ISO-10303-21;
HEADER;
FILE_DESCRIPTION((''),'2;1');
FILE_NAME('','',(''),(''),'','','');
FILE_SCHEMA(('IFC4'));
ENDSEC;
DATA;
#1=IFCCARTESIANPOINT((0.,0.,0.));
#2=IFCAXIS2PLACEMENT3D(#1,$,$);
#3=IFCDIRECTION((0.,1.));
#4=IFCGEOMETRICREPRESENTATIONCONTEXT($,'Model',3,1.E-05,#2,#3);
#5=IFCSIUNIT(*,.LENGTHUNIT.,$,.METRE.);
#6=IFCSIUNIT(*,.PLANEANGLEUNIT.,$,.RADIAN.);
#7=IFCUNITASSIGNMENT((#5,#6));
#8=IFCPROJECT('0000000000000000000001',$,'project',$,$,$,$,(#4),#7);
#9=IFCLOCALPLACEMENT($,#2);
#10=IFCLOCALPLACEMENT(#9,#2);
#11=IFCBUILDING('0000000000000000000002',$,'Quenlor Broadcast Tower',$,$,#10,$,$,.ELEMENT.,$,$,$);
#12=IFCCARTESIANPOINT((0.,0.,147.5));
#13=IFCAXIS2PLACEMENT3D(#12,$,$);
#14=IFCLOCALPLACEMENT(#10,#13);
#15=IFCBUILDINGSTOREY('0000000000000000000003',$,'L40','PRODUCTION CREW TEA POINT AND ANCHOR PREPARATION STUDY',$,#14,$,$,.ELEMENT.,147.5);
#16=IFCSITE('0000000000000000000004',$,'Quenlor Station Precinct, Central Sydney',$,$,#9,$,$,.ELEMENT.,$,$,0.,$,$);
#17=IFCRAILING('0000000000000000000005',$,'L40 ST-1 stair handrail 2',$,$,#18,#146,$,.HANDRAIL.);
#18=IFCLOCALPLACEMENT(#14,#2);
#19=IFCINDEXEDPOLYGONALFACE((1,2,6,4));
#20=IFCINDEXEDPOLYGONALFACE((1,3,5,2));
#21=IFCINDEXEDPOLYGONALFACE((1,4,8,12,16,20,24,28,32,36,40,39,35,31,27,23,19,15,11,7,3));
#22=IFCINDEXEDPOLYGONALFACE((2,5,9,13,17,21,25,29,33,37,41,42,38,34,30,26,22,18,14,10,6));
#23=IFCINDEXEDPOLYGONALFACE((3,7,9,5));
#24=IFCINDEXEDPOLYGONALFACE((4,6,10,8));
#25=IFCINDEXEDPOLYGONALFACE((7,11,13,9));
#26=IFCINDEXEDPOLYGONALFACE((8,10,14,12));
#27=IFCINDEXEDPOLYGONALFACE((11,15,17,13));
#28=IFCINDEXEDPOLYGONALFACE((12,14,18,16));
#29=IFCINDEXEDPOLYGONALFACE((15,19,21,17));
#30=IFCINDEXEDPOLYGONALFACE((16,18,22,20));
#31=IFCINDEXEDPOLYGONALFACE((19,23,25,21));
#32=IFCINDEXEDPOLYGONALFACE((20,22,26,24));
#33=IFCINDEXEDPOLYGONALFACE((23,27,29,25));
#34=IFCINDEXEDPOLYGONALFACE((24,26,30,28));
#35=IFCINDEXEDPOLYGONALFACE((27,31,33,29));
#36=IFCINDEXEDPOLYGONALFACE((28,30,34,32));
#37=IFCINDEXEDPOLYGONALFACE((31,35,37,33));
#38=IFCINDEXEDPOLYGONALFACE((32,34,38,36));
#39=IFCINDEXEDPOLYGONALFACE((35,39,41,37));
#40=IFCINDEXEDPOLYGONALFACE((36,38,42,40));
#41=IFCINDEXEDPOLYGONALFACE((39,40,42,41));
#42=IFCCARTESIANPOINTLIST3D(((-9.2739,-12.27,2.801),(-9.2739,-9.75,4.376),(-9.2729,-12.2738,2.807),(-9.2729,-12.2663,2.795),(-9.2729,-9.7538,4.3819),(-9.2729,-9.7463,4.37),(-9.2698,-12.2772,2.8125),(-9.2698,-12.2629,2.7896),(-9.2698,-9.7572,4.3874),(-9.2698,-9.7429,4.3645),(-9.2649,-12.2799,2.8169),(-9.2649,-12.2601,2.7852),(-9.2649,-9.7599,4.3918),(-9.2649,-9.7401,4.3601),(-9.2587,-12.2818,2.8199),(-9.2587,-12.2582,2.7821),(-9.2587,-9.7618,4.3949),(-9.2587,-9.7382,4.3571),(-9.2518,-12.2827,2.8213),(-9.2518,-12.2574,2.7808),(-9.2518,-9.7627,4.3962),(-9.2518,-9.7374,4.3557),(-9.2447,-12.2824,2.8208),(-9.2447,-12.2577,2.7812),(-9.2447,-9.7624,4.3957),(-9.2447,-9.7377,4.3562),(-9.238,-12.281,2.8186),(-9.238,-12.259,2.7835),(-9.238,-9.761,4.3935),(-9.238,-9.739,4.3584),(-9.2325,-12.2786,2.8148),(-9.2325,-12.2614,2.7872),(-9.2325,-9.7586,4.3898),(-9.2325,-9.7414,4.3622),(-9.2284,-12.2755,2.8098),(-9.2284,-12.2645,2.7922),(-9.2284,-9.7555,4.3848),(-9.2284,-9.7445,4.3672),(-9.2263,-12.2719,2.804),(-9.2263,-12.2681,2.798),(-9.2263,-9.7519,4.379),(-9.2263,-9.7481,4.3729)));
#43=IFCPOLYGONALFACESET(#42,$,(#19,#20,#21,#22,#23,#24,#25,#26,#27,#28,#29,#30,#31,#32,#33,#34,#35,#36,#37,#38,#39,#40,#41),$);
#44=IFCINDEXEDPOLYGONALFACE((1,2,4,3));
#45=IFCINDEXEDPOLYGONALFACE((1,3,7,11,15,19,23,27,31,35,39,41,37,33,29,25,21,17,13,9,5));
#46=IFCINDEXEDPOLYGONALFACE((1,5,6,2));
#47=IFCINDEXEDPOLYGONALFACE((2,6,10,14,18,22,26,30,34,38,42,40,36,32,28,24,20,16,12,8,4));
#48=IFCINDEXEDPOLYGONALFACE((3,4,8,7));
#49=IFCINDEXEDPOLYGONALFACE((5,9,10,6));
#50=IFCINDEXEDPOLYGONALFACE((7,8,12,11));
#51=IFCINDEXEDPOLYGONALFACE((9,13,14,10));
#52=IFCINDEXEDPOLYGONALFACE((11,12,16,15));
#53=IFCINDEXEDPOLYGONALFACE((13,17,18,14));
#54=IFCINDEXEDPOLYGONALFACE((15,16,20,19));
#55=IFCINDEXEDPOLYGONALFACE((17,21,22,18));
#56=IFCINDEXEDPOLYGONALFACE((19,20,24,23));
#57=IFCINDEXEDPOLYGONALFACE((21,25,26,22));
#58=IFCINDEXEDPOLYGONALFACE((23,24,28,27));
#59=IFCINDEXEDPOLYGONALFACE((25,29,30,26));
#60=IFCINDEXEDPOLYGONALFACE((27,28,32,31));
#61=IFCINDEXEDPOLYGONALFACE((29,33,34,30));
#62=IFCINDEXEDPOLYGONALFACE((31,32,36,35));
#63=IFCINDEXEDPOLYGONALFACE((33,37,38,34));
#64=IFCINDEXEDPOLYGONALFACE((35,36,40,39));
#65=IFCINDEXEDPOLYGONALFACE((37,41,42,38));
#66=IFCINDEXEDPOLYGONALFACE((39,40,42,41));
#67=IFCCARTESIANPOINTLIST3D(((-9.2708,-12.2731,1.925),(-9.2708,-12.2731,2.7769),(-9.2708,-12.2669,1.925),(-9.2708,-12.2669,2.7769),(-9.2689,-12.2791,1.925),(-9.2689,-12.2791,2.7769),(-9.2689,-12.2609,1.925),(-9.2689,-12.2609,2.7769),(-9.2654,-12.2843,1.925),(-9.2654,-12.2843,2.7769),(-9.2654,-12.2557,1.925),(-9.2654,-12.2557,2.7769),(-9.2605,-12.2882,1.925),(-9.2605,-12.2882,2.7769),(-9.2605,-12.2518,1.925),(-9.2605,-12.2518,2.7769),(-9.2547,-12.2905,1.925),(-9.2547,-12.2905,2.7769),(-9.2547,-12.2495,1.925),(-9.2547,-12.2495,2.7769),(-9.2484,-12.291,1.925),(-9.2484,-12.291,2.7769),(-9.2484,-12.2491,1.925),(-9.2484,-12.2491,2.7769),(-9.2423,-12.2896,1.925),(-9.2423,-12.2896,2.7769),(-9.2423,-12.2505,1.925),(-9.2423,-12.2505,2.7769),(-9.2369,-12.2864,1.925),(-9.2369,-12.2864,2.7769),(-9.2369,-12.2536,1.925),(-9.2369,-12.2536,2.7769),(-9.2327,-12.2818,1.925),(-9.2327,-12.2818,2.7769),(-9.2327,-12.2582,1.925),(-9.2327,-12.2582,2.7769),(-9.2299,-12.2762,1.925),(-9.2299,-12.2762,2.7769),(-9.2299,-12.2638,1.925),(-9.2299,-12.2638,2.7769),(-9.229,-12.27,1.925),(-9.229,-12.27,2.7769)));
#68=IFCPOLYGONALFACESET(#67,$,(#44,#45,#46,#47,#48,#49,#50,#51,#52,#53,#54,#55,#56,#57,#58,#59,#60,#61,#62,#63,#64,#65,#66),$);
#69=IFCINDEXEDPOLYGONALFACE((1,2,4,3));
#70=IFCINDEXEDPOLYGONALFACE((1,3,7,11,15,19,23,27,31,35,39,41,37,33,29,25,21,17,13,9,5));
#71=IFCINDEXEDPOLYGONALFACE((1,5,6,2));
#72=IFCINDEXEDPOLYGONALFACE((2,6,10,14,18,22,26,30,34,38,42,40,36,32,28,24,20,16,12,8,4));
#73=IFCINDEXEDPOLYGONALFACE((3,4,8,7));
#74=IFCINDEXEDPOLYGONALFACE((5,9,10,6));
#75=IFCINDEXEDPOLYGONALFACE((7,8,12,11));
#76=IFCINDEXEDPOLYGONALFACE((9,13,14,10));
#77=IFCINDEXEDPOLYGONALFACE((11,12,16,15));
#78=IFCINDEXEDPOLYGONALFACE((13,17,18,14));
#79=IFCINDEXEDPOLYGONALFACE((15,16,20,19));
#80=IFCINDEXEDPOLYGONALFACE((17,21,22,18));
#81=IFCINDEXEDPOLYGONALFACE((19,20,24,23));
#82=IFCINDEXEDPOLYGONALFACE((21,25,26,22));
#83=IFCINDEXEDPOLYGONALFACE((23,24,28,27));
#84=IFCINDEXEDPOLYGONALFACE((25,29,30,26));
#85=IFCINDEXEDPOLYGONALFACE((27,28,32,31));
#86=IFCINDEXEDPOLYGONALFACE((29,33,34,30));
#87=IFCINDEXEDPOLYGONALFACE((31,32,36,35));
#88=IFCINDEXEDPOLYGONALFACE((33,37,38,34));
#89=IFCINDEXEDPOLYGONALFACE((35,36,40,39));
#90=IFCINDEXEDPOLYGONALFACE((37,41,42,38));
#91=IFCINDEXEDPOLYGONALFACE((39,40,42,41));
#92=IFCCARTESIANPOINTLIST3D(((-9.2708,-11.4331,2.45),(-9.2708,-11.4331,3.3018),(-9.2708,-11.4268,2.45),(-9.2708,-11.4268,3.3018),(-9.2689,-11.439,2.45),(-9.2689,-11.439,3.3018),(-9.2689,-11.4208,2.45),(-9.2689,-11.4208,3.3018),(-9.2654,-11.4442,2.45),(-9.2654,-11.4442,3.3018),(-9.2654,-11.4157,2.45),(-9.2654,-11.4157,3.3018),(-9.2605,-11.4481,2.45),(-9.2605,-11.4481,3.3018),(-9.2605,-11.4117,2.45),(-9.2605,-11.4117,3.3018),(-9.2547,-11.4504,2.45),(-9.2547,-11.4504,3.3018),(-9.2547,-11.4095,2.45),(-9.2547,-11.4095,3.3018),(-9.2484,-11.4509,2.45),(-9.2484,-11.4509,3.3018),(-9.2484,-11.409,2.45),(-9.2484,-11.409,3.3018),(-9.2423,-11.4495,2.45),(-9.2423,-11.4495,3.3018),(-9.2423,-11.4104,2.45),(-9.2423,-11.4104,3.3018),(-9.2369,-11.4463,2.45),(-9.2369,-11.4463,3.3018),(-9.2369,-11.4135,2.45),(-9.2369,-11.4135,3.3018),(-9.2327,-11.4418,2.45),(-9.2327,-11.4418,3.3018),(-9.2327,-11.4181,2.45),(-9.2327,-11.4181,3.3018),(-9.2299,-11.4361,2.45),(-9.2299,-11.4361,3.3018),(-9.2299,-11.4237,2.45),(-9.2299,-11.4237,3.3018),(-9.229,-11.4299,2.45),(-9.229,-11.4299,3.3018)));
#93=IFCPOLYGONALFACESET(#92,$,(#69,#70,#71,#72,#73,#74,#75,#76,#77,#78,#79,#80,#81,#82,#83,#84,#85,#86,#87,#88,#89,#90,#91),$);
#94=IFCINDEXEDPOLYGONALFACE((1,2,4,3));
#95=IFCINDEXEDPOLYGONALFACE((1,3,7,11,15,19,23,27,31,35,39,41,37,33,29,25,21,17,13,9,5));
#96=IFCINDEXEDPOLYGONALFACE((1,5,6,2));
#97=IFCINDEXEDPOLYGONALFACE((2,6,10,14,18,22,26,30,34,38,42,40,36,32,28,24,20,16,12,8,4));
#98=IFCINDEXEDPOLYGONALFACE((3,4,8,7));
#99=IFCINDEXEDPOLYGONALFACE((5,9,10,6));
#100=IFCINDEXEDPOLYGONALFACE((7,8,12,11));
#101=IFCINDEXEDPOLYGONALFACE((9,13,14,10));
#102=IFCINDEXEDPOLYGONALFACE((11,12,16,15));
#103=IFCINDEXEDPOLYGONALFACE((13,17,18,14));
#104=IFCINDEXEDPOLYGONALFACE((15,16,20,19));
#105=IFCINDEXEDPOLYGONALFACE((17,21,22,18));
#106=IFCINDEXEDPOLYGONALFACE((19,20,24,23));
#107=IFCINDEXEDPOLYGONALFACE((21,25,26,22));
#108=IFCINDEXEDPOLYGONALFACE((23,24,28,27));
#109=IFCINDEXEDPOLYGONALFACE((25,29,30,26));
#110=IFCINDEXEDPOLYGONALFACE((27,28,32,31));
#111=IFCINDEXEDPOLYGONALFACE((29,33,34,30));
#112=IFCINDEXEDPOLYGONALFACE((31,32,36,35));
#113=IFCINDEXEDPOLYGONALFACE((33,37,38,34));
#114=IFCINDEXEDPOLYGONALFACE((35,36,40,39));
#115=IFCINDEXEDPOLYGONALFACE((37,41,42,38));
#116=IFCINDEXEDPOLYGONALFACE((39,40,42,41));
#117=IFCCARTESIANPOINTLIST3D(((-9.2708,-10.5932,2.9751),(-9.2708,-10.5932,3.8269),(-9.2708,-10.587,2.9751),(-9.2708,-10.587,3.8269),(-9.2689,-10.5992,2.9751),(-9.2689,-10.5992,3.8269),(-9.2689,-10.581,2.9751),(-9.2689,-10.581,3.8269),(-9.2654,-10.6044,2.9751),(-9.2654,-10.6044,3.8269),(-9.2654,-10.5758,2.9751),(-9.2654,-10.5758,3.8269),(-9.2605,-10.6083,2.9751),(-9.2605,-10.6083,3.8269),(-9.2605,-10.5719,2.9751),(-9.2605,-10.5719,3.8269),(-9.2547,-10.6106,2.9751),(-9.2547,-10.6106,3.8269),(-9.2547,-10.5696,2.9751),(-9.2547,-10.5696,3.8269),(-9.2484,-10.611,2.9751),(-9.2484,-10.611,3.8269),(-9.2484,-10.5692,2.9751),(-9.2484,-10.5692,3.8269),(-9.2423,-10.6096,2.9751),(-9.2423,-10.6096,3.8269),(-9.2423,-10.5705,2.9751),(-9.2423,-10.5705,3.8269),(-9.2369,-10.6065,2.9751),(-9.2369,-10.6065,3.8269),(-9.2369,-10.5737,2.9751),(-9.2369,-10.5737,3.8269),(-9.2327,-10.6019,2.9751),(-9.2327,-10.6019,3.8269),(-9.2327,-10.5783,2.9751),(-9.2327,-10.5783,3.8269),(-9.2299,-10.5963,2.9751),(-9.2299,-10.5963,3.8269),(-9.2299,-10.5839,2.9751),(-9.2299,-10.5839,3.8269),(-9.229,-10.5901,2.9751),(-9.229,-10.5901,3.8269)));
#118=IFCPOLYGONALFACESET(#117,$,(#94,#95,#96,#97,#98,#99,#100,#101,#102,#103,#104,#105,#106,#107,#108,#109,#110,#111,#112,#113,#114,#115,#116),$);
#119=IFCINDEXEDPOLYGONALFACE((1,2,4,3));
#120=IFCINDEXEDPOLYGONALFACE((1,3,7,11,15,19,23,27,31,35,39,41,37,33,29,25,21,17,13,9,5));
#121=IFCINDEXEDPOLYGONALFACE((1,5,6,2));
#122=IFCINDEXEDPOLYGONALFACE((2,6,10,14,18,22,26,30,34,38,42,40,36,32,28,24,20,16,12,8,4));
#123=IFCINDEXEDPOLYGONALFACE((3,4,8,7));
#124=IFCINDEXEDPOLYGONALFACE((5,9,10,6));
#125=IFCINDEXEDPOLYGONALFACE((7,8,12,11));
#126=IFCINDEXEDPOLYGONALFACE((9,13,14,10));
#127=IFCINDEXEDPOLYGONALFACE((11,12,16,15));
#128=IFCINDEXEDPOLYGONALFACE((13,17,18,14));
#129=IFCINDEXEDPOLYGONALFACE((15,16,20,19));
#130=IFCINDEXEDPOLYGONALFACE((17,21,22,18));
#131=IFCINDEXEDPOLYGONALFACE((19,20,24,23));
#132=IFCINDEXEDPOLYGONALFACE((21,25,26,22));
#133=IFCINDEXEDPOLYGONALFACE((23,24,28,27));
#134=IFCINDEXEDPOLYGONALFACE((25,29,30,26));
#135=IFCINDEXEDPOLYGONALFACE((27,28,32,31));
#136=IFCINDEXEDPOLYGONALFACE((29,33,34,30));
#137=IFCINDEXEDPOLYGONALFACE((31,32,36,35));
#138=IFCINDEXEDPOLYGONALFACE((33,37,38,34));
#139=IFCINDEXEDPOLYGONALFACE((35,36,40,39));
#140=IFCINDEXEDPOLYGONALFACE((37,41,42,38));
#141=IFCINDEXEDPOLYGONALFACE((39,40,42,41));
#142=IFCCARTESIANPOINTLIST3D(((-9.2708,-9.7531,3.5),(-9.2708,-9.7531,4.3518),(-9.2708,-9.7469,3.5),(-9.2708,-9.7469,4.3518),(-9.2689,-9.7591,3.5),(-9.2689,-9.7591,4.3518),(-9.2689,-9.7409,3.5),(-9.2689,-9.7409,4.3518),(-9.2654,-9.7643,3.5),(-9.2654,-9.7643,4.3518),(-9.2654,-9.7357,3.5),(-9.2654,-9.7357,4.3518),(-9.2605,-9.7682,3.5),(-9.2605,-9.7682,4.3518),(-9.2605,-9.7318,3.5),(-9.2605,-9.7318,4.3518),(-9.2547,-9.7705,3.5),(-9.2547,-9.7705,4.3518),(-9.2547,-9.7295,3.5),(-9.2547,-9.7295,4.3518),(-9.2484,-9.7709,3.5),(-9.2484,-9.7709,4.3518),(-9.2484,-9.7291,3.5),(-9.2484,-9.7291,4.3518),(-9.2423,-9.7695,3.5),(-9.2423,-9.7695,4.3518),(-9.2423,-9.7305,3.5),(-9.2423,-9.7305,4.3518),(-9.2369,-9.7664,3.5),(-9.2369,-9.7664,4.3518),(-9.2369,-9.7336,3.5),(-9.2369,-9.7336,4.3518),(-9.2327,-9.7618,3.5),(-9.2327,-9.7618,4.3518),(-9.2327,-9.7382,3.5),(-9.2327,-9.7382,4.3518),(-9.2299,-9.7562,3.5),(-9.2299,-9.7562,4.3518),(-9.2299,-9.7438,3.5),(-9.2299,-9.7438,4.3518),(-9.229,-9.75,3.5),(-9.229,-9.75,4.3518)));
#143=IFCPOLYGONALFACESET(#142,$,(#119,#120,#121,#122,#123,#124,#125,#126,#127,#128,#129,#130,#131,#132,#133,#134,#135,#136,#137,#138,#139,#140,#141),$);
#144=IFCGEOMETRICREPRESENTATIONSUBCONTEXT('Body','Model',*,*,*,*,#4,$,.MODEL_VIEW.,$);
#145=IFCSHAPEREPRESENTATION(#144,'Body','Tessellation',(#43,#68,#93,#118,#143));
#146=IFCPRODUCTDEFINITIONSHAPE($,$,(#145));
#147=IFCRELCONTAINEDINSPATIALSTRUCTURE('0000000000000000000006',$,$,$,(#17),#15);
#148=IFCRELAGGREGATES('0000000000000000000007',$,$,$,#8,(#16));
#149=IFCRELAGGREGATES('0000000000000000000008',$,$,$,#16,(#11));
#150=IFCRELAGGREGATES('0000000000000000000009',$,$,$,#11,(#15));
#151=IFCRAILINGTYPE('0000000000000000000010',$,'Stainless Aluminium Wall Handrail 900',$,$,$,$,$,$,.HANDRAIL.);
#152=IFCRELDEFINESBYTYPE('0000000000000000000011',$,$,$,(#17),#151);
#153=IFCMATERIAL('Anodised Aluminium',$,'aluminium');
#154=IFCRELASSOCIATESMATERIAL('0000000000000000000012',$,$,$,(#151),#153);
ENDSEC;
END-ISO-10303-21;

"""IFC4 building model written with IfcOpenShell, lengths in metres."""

from ifc_helpers import new_model, si_unit, direction, frame, origin, origin_2d, place, context, subcontext, project, spatial, circle, extrude, material, type_object, element, save


model = new_model("IFC4")

# Units and contexts
model_context = context("Model", 3, precision=1e-05, world=origin(), true_north=direction((0.0, 1.0)))
body_context = subcontext(model_context, "Body", "Model", "MODEL_VIEW")
ifc_project = project(units=[si_unit("LENGTHUNIT", "METRE"), si_unit("PLANEANGLEUNIT", "RADIAN")], contexts=[model_context])

# Site, building, storey
site_placement = place(None, origin())
site = spatial("IfcSite", under=ifc_project, at=site_placement, Name="Quenlor Station Precinct, Central Sydney", CompositionType="ELEMENT", RefElevation=0.0)
building_placement = place(site_placement, origin())
building = spatial("IfcBuilding", under=site, at=building_placement, Name="Quenlor Broadcast Tower", CompositionType="ELEMENT")
storey_placement = place(building_placement, frame((0.0, 0.0, 147.5)))
storey = spatial("IfcBuildingStorey", under=building, at=storey_placement, Name="L40", Description="PRODUCTION CREW TEA POINT AND ANCHOR PREPARATION STUDY", CompositionType="ELEMENT", Elevation=147.5)

# Railing
ifc_material_1 = material(Name="Anodised Aluminium", Category="aluminium")
railing_type_1 = type_object("IfcRailingType", Name="Stainless Aluminium Wall Handrail 900", PredefinedType="HANDRAIL", material=ifc_material_1)
railing_1_placement = place(storey_placement, frame((-9.25, -12.27, 1.925)))
element("IfcRailing", 1, at=railing_1_placement, inside=storey, type_object=railing_type_1, Name="L40 ST-1 stair handrail 2", PredefinedType="HANDRAIL", context=body_context, shape_type="SweptSolid", body=[
    extrude(circle(Radius=0.0239, at=origin_2d()), frame((0.0, 0.0, 0.876), z_axis=(0.0, 0.848008, 0.529984), x_axis=(-1.0, 0.0, 0.0)), (0.0, 0.0, 1.0), 2.9717),
    extrude(circle(Radius=0.021, at=origin_2d()), origin(), (0.0, 0.0, 1.0), 0.8518),
    extrude(circle(Radius=0.021, at=origin_2d()), frame((0.0, 0.8401, 0.5249)), (0.0, 0.0, 1.0), 0.8518),
    extrude(circle(Radius=0.021, at=origin_2d()), frame((0.0, 1.6799, 1.05)), (0.0, 0.0, 1.0), 0.8518),
    extrude(circle(Radius=0.021, at=origin_2d()), frame((0.0, 2.52, 1.575)), (0.0, 0.0, 1.0), 0.8518),
])

save(model, "model.ifc")
